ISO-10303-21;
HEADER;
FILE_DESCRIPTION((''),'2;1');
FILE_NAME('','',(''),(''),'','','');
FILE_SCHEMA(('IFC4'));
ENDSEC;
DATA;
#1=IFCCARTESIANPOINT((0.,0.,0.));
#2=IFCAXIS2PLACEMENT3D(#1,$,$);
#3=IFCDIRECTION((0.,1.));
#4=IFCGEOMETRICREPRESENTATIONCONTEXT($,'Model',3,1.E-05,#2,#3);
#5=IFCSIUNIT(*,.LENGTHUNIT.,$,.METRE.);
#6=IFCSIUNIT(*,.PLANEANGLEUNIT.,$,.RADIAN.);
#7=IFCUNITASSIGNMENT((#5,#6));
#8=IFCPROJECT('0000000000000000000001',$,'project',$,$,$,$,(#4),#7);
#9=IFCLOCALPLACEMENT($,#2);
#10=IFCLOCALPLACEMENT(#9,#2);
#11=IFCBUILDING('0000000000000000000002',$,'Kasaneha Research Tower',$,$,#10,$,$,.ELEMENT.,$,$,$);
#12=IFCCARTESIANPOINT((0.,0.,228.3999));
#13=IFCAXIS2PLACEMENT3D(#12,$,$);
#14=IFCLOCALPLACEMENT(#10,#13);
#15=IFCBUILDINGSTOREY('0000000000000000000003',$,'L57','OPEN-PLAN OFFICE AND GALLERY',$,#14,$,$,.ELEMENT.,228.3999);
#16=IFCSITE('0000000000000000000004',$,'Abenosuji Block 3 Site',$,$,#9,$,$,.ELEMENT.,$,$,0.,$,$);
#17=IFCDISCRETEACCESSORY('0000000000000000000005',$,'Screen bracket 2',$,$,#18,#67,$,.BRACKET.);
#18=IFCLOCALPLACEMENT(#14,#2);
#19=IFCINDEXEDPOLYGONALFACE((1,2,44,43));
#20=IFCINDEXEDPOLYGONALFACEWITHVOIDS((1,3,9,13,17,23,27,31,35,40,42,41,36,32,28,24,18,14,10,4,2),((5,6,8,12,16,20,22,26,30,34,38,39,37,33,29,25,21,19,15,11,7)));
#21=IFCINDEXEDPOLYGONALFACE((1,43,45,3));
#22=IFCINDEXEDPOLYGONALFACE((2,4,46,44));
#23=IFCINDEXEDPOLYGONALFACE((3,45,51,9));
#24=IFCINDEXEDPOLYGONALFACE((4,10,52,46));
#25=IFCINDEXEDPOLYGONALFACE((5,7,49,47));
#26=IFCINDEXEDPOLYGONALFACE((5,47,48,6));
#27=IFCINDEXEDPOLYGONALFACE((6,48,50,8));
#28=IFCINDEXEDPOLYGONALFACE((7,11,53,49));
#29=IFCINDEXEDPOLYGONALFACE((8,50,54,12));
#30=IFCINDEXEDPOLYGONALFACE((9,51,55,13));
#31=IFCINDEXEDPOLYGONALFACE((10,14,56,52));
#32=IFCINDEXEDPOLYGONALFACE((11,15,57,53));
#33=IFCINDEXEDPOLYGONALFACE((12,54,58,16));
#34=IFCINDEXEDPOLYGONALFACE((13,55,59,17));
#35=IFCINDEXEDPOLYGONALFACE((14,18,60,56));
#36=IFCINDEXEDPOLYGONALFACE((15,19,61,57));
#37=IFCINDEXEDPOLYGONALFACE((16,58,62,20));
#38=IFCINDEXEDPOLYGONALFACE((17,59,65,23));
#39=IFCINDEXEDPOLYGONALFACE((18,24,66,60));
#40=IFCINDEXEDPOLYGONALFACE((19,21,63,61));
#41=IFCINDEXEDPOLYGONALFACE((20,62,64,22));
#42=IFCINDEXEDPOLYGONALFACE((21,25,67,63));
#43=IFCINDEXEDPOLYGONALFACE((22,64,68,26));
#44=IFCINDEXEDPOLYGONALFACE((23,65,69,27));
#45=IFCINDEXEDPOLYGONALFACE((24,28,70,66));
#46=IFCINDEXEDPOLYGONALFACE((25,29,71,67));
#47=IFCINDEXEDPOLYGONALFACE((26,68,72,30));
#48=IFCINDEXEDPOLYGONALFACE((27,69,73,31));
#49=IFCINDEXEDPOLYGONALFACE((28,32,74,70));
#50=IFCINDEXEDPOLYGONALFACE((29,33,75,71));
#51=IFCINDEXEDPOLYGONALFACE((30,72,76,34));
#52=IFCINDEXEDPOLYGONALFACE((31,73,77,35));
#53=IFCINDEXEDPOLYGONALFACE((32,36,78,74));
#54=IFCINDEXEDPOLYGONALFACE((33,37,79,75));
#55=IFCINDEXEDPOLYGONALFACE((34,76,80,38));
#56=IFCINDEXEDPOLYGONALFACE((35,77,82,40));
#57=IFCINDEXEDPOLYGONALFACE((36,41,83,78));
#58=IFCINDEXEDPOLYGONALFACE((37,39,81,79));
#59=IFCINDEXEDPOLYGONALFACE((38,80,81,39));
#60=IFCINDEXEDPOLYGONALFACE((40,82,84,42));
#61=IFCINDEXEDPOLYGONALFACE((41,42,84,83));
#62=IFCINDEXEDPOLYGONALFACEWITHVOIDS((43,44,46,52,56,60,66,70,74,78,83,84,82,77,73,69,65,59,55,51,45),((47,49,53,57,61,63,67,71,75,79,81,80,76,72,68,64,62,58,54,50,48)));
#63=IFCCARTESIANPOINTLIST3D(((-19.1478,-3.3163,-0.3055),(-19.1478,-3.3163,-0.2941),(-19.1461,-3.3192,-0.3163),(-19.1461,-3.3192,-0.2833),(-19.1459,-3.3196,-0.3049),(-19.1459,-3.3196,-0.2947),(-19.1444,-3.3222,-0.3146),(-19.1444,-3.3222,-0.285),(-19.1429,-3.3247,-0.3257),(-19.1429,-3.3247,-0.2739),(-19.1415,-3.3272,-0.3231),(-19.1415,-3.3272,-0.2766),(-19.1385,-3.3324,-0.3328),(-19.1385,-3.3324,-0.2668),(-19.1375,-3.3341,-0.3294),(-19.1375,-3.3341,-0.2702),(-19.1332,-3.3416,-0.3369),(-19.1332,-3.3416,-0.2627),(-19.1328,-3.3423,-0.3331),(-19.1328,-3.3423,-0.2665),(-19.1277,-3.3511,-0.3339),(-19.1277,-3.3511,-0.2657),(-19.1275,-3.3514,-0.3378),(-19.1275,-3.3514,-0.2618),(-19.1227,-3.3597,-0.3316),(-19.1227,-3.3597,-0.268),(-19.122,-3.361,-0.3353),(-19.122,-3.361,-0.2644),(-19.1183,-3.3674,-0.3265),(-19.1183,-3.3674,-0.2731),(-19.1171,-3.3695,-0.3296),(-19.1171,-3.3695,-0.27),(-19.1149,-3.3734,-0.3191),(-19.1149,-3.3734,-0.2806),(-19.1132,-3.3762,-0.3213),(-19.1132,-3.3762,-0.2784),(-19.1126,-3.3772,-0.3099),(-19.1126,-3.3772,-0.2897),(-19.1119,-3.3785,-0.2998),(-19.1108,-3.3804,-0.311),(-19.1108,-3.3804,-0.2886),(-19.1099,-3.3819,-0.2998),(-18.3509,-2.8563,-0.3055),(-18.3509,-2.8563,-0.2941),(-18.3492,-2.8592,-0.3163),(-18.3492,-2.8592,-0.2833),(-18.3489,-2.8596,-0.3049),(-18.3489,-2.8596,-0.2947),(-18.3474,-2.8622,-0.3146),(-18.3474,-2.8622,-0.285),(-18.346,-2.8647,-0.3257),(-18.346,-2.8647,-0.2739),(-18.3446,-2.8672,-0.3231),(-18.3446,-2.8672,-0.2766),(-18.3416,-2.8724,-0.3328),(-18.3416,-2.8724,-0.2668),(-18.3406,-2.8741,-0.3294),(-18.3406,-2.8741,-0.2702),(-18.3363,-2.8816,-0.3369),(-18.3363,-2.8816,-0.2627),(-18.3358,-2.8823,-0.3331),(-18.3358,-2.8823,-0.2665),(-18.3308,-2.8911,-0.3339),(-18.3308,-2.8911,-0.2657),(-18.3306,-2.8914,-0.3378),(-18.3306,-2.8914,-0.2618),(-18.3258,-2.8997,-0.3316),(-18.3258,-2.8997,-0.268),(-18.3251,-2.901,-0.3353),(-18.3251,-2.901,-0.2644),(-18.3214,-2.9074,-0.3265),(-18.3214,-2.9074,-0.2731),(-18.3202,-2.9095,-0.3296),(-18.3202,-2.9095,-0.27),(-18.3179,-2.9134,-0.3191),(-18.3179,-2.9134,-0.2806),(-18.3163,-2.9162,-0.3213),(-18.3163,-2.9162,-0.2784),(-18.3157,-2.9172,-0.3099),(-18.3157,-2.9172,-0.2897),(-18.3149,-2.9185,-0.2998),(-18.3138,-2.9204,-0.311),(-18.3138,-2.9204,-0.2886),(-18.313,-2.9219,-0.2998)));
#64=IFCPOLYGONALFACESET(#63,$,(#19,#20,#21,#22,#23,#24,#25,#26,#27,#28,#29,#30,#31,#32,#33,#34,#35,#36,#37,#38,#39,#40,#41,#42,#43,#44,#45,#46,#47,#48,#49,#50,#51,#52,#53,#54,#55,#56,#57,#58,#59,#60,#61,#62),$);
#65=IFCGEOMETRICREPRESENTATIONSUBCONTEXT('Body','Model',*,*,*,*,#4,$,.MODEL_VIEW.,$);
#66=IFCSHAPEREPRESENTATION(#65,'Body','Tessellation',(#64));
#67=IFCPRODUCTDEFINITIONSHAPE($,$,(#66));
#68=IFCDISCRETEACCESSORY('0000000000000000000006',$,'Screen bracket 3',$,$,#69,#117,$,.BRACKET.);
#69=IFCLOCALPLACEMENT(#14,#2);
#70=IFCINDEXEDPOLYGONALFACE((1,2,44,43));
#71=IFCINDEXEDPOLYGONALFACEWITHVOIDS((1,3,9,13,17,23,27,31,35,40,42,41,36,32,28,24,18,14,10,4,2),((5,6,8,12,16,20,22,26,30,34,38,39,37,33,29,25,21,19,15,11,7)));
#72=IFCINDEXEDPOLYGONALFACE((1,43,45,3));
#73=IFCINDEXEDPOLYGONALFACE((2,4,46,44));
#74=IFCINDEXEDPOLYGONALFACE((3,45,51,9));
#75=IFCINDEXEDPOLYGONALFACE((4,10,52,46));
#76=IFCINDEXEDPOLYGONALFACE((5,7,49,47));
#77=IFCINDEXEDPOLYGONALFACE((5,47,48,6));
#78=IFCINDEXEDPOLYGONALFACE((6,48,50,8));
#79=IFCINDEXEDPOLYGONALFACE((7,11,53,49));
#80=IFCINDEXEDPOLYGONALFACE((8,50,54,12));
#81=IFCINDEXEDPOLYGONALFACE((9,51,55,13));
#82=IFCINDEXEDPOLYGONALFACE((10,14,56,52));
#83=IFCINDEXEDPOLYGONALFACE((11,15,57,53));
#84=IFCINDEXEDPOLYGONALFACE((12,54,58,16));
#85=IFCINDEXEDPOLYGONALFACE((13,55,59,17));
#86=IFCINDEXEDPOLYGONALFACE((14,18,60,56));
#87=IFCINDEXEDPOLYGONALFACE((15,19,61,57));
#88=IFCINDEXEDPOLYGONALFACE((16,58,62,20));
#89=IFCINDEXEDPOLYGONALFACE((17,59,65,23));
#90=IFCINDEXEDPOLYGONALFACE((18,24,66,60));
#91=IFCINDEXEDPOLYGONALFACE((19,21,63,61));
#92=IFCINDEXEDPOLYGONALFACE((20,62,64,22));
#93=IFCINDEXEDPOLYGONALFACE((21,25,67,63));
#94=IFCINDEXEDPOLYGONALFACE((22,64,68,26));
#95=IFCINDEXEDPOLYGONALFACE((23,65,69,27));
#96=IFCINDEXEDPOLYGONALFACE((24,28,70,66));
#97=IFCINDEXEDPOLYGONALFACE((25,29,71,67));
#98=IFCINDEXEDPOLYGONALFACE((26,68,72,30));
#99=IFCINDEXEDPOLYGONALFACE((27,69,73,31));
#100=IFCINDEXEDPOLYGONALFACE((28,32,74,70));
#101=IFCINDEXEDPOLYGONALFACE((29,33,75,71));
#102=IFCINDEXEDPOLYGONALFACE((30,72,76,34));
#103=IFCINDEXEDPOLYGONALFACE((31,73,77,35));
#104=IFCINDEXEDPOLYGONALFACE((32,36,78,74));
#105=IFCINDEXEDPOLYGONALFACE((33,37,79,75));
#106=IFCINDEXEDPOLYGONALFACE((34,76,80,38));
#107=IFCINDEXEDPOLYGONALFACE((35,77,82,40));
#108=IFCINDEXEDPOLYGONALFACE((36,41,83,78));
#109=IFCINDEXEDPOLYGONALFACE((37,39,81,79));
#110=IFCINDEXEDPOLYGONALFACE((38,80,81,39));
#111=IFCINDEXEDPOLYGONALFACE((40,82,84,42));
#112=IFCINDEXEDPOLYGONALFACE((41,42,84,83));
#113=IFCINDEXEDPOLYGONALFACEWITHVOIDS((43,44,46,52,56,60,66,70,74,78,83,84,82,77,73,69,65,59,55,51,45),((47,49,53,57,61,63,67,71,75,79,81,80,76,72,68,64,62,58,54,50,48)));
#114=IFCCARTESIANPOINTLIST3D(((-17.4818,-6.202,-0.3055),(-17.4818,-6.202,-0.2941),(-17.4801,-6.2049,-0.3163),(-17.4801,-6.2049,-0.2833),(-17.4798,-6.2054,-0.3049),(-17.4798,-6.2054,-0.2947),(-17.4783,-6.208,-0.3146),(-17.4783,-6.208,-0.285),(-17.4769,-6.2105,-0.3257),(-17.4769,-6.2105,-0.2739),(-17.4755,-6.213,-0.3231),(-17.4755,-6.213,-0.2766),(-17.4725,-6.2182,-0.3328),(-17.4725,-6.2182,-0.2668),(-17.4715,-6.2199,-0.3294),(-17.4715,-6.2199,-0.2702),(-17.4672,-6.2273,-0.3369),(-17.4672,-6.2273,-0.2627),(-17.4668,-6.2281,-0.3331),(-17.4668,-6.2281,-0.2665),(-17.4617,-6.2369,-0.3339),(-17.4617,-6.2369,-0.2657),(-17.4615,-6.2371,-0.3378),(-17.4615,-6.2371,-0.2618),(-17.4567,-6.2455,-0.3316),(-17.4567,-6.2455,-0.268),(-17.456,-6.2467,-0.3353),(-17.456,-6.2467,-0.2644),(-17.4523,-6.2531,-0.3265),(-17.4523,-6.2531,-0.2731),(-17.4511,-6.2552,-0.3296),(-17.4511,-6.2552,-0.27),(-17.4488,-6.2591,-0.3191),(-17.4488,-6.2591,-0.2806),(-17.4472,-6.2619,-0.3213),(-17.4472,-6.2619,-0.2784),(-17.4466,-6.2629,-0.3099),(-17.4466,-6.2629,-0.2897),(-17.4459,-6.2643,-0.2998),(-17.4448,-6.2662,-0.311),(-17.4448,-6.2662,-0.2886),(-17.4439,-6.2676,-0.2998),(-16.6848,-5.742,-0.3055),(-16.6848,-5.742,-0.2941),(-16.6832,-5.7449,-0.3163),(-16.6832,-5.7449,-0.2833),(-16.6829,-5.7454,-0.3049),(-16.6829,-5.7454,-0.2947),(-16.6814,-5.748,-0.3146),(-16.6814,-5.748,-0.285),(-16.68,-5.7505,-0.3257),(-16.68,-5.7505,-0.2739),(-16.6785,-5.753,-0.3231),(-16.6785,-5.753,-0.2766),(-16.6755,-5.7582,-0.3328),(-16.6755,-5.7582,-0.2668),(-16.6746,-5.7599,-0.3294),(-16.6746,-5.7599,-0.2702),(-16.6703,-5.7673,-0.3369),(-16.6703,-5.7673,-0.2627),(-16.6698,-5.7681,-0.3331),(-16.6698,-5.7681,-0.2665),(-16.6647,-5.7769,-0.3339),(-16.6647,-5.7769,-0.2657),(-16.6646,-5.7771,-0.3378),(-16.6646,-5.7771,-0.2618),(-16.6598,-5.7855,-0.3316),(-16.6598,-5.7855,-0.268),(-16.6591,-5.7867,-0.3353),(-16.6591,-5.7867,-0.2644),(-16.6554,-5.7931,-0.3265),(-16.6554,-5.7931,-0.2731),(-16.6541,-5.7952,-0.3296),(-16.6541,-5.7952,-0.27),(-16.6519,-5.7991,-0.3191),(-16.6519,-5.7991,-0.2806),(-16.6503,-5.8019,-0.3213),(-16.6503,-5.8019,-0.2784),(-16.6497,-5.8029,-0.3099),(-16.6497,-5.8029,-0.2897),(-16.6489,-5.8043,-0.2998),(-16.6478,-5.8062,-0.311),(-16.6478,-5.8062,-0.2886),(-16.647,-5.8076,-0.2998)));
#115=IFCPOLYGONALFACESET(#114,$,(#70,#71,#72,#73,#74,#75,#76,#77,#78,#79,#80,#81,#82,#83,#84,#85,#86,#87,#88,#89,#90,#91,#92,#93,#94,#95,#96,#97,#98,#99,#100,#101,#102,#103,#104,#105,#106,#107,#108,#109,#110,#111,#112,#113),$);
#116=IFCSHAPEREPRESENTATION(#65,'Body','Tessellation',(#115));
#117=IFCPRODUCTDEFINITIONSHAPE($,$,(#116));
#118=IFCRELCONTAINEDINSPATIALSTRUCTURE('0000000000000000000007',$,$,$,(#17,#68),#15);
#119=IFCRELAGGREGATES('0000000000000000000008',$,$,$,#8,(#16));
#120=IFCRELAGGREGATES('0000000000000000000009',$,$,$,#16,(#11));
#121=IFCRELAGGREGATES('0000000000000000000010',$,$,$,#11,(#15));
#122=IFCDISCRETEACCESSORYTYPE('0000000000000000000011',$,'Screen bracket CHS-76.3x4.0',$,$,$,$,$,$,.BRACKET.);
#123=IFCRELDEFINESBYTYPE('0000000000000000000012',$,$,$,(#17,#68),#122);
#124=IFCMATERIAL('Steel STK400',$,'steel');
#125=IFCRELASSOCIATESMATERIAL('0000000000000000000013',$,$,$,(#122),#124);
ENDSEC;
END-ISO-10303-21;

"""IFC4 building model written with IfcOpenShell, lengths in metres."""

from ifc_helpers import new_model, si_unit, direction, frame, origin, origin_2d, place, context, subcontext, project, spatial, hollow_circle, extrude, material, material_profile, profile_set, type_object, element, save


model = new_model("IFC4")

# Units and contexts
model_context = context("Model", 3, precision=1e-05, world=origin(), true_north=direction((0.0, 1.0)))
body_context = subcontext(model_context, "Body", "Model", "MODEL_VIEW")
ifc_project = project(units=[si_unit("LENGTHUNIT", "METRE"), si_unit("PLANEANGLEUNIT", "RADIAN")], contexts=[model_context])

# Site, building, storey
site_placement = place(None, origin())
site = spatial("IfcSite", under=ifc_project, at=site_placement, Name="Abenosuji Block 3 Site", CompositionType="ELEMENT", RefElevation=0.0)
building_placement = place(site_placement, origin())
building = spatial("IfcBuilding", under=site, at=building_placement, Name="Kasaneha Research Tower", CompositionType="ELEMENT")
storey_placement = place(building_placement, frame((0.0, 0.0, 228.3999)))
storey = spatial("IfcBuildingStorey", under=building, at=storey_placement, Name="L57", Description="OPEN-PLAN OFFICE AND GALLERY", CompositionType="ELEMENT", Elevation=228.3999)

# Discrete accessories
ifc_material_1 = material(Name="Steel STK400", Category="steel")
ifc_material_profile_1 = material_profile(ifc_material_1, hollow_circle(Radius=0.0381, WallThickness=0.0039, at=origin_2d()), Name="CHS-76.3x4.0")
ifc_profile_set_1 = profile_set([ifc_material_profile_1], Name="Steel STK400")
discrete_accessory_type = type_object("IfcDiscreteAccessoryType", Name="Screen bracket CHS-76.3x4.0", PredefinedType="BRACKET", material=ifc_profile_set_1)
for number, where, z_axis, x_axis, name in (
    (1, (-18.332, -2.8889, -0.2998), (-0.86608, -0.499906, 0.0), (0.499906, -0.86608, 0.0), "Screen bracket 2"),
    (2, (-16.666, -5.7747, -0.2998), (-0.86608, -0.499906, 0.0), (0.499906, -0.86608, 0.0), "Screen bracket 3"),
):
    element("IfcDiscreteAccessory", number, at=place(storey_placement, frame(where, z_axis=z_axis, x_axis=x_axis)), inside=storey, type_object=discrete_accessory_type, Name=name, PredefinedType="BRACKET", context=body_context, shape_type="SweptSolid", body=[
        extrude(hollow_circle(Radius=0.0381, WallThickness=0.0039, at=origin_2d()), origin(), (0.0, 0.0, 1.0), 0.9202),
    ])

save(model, "model.ifc")
